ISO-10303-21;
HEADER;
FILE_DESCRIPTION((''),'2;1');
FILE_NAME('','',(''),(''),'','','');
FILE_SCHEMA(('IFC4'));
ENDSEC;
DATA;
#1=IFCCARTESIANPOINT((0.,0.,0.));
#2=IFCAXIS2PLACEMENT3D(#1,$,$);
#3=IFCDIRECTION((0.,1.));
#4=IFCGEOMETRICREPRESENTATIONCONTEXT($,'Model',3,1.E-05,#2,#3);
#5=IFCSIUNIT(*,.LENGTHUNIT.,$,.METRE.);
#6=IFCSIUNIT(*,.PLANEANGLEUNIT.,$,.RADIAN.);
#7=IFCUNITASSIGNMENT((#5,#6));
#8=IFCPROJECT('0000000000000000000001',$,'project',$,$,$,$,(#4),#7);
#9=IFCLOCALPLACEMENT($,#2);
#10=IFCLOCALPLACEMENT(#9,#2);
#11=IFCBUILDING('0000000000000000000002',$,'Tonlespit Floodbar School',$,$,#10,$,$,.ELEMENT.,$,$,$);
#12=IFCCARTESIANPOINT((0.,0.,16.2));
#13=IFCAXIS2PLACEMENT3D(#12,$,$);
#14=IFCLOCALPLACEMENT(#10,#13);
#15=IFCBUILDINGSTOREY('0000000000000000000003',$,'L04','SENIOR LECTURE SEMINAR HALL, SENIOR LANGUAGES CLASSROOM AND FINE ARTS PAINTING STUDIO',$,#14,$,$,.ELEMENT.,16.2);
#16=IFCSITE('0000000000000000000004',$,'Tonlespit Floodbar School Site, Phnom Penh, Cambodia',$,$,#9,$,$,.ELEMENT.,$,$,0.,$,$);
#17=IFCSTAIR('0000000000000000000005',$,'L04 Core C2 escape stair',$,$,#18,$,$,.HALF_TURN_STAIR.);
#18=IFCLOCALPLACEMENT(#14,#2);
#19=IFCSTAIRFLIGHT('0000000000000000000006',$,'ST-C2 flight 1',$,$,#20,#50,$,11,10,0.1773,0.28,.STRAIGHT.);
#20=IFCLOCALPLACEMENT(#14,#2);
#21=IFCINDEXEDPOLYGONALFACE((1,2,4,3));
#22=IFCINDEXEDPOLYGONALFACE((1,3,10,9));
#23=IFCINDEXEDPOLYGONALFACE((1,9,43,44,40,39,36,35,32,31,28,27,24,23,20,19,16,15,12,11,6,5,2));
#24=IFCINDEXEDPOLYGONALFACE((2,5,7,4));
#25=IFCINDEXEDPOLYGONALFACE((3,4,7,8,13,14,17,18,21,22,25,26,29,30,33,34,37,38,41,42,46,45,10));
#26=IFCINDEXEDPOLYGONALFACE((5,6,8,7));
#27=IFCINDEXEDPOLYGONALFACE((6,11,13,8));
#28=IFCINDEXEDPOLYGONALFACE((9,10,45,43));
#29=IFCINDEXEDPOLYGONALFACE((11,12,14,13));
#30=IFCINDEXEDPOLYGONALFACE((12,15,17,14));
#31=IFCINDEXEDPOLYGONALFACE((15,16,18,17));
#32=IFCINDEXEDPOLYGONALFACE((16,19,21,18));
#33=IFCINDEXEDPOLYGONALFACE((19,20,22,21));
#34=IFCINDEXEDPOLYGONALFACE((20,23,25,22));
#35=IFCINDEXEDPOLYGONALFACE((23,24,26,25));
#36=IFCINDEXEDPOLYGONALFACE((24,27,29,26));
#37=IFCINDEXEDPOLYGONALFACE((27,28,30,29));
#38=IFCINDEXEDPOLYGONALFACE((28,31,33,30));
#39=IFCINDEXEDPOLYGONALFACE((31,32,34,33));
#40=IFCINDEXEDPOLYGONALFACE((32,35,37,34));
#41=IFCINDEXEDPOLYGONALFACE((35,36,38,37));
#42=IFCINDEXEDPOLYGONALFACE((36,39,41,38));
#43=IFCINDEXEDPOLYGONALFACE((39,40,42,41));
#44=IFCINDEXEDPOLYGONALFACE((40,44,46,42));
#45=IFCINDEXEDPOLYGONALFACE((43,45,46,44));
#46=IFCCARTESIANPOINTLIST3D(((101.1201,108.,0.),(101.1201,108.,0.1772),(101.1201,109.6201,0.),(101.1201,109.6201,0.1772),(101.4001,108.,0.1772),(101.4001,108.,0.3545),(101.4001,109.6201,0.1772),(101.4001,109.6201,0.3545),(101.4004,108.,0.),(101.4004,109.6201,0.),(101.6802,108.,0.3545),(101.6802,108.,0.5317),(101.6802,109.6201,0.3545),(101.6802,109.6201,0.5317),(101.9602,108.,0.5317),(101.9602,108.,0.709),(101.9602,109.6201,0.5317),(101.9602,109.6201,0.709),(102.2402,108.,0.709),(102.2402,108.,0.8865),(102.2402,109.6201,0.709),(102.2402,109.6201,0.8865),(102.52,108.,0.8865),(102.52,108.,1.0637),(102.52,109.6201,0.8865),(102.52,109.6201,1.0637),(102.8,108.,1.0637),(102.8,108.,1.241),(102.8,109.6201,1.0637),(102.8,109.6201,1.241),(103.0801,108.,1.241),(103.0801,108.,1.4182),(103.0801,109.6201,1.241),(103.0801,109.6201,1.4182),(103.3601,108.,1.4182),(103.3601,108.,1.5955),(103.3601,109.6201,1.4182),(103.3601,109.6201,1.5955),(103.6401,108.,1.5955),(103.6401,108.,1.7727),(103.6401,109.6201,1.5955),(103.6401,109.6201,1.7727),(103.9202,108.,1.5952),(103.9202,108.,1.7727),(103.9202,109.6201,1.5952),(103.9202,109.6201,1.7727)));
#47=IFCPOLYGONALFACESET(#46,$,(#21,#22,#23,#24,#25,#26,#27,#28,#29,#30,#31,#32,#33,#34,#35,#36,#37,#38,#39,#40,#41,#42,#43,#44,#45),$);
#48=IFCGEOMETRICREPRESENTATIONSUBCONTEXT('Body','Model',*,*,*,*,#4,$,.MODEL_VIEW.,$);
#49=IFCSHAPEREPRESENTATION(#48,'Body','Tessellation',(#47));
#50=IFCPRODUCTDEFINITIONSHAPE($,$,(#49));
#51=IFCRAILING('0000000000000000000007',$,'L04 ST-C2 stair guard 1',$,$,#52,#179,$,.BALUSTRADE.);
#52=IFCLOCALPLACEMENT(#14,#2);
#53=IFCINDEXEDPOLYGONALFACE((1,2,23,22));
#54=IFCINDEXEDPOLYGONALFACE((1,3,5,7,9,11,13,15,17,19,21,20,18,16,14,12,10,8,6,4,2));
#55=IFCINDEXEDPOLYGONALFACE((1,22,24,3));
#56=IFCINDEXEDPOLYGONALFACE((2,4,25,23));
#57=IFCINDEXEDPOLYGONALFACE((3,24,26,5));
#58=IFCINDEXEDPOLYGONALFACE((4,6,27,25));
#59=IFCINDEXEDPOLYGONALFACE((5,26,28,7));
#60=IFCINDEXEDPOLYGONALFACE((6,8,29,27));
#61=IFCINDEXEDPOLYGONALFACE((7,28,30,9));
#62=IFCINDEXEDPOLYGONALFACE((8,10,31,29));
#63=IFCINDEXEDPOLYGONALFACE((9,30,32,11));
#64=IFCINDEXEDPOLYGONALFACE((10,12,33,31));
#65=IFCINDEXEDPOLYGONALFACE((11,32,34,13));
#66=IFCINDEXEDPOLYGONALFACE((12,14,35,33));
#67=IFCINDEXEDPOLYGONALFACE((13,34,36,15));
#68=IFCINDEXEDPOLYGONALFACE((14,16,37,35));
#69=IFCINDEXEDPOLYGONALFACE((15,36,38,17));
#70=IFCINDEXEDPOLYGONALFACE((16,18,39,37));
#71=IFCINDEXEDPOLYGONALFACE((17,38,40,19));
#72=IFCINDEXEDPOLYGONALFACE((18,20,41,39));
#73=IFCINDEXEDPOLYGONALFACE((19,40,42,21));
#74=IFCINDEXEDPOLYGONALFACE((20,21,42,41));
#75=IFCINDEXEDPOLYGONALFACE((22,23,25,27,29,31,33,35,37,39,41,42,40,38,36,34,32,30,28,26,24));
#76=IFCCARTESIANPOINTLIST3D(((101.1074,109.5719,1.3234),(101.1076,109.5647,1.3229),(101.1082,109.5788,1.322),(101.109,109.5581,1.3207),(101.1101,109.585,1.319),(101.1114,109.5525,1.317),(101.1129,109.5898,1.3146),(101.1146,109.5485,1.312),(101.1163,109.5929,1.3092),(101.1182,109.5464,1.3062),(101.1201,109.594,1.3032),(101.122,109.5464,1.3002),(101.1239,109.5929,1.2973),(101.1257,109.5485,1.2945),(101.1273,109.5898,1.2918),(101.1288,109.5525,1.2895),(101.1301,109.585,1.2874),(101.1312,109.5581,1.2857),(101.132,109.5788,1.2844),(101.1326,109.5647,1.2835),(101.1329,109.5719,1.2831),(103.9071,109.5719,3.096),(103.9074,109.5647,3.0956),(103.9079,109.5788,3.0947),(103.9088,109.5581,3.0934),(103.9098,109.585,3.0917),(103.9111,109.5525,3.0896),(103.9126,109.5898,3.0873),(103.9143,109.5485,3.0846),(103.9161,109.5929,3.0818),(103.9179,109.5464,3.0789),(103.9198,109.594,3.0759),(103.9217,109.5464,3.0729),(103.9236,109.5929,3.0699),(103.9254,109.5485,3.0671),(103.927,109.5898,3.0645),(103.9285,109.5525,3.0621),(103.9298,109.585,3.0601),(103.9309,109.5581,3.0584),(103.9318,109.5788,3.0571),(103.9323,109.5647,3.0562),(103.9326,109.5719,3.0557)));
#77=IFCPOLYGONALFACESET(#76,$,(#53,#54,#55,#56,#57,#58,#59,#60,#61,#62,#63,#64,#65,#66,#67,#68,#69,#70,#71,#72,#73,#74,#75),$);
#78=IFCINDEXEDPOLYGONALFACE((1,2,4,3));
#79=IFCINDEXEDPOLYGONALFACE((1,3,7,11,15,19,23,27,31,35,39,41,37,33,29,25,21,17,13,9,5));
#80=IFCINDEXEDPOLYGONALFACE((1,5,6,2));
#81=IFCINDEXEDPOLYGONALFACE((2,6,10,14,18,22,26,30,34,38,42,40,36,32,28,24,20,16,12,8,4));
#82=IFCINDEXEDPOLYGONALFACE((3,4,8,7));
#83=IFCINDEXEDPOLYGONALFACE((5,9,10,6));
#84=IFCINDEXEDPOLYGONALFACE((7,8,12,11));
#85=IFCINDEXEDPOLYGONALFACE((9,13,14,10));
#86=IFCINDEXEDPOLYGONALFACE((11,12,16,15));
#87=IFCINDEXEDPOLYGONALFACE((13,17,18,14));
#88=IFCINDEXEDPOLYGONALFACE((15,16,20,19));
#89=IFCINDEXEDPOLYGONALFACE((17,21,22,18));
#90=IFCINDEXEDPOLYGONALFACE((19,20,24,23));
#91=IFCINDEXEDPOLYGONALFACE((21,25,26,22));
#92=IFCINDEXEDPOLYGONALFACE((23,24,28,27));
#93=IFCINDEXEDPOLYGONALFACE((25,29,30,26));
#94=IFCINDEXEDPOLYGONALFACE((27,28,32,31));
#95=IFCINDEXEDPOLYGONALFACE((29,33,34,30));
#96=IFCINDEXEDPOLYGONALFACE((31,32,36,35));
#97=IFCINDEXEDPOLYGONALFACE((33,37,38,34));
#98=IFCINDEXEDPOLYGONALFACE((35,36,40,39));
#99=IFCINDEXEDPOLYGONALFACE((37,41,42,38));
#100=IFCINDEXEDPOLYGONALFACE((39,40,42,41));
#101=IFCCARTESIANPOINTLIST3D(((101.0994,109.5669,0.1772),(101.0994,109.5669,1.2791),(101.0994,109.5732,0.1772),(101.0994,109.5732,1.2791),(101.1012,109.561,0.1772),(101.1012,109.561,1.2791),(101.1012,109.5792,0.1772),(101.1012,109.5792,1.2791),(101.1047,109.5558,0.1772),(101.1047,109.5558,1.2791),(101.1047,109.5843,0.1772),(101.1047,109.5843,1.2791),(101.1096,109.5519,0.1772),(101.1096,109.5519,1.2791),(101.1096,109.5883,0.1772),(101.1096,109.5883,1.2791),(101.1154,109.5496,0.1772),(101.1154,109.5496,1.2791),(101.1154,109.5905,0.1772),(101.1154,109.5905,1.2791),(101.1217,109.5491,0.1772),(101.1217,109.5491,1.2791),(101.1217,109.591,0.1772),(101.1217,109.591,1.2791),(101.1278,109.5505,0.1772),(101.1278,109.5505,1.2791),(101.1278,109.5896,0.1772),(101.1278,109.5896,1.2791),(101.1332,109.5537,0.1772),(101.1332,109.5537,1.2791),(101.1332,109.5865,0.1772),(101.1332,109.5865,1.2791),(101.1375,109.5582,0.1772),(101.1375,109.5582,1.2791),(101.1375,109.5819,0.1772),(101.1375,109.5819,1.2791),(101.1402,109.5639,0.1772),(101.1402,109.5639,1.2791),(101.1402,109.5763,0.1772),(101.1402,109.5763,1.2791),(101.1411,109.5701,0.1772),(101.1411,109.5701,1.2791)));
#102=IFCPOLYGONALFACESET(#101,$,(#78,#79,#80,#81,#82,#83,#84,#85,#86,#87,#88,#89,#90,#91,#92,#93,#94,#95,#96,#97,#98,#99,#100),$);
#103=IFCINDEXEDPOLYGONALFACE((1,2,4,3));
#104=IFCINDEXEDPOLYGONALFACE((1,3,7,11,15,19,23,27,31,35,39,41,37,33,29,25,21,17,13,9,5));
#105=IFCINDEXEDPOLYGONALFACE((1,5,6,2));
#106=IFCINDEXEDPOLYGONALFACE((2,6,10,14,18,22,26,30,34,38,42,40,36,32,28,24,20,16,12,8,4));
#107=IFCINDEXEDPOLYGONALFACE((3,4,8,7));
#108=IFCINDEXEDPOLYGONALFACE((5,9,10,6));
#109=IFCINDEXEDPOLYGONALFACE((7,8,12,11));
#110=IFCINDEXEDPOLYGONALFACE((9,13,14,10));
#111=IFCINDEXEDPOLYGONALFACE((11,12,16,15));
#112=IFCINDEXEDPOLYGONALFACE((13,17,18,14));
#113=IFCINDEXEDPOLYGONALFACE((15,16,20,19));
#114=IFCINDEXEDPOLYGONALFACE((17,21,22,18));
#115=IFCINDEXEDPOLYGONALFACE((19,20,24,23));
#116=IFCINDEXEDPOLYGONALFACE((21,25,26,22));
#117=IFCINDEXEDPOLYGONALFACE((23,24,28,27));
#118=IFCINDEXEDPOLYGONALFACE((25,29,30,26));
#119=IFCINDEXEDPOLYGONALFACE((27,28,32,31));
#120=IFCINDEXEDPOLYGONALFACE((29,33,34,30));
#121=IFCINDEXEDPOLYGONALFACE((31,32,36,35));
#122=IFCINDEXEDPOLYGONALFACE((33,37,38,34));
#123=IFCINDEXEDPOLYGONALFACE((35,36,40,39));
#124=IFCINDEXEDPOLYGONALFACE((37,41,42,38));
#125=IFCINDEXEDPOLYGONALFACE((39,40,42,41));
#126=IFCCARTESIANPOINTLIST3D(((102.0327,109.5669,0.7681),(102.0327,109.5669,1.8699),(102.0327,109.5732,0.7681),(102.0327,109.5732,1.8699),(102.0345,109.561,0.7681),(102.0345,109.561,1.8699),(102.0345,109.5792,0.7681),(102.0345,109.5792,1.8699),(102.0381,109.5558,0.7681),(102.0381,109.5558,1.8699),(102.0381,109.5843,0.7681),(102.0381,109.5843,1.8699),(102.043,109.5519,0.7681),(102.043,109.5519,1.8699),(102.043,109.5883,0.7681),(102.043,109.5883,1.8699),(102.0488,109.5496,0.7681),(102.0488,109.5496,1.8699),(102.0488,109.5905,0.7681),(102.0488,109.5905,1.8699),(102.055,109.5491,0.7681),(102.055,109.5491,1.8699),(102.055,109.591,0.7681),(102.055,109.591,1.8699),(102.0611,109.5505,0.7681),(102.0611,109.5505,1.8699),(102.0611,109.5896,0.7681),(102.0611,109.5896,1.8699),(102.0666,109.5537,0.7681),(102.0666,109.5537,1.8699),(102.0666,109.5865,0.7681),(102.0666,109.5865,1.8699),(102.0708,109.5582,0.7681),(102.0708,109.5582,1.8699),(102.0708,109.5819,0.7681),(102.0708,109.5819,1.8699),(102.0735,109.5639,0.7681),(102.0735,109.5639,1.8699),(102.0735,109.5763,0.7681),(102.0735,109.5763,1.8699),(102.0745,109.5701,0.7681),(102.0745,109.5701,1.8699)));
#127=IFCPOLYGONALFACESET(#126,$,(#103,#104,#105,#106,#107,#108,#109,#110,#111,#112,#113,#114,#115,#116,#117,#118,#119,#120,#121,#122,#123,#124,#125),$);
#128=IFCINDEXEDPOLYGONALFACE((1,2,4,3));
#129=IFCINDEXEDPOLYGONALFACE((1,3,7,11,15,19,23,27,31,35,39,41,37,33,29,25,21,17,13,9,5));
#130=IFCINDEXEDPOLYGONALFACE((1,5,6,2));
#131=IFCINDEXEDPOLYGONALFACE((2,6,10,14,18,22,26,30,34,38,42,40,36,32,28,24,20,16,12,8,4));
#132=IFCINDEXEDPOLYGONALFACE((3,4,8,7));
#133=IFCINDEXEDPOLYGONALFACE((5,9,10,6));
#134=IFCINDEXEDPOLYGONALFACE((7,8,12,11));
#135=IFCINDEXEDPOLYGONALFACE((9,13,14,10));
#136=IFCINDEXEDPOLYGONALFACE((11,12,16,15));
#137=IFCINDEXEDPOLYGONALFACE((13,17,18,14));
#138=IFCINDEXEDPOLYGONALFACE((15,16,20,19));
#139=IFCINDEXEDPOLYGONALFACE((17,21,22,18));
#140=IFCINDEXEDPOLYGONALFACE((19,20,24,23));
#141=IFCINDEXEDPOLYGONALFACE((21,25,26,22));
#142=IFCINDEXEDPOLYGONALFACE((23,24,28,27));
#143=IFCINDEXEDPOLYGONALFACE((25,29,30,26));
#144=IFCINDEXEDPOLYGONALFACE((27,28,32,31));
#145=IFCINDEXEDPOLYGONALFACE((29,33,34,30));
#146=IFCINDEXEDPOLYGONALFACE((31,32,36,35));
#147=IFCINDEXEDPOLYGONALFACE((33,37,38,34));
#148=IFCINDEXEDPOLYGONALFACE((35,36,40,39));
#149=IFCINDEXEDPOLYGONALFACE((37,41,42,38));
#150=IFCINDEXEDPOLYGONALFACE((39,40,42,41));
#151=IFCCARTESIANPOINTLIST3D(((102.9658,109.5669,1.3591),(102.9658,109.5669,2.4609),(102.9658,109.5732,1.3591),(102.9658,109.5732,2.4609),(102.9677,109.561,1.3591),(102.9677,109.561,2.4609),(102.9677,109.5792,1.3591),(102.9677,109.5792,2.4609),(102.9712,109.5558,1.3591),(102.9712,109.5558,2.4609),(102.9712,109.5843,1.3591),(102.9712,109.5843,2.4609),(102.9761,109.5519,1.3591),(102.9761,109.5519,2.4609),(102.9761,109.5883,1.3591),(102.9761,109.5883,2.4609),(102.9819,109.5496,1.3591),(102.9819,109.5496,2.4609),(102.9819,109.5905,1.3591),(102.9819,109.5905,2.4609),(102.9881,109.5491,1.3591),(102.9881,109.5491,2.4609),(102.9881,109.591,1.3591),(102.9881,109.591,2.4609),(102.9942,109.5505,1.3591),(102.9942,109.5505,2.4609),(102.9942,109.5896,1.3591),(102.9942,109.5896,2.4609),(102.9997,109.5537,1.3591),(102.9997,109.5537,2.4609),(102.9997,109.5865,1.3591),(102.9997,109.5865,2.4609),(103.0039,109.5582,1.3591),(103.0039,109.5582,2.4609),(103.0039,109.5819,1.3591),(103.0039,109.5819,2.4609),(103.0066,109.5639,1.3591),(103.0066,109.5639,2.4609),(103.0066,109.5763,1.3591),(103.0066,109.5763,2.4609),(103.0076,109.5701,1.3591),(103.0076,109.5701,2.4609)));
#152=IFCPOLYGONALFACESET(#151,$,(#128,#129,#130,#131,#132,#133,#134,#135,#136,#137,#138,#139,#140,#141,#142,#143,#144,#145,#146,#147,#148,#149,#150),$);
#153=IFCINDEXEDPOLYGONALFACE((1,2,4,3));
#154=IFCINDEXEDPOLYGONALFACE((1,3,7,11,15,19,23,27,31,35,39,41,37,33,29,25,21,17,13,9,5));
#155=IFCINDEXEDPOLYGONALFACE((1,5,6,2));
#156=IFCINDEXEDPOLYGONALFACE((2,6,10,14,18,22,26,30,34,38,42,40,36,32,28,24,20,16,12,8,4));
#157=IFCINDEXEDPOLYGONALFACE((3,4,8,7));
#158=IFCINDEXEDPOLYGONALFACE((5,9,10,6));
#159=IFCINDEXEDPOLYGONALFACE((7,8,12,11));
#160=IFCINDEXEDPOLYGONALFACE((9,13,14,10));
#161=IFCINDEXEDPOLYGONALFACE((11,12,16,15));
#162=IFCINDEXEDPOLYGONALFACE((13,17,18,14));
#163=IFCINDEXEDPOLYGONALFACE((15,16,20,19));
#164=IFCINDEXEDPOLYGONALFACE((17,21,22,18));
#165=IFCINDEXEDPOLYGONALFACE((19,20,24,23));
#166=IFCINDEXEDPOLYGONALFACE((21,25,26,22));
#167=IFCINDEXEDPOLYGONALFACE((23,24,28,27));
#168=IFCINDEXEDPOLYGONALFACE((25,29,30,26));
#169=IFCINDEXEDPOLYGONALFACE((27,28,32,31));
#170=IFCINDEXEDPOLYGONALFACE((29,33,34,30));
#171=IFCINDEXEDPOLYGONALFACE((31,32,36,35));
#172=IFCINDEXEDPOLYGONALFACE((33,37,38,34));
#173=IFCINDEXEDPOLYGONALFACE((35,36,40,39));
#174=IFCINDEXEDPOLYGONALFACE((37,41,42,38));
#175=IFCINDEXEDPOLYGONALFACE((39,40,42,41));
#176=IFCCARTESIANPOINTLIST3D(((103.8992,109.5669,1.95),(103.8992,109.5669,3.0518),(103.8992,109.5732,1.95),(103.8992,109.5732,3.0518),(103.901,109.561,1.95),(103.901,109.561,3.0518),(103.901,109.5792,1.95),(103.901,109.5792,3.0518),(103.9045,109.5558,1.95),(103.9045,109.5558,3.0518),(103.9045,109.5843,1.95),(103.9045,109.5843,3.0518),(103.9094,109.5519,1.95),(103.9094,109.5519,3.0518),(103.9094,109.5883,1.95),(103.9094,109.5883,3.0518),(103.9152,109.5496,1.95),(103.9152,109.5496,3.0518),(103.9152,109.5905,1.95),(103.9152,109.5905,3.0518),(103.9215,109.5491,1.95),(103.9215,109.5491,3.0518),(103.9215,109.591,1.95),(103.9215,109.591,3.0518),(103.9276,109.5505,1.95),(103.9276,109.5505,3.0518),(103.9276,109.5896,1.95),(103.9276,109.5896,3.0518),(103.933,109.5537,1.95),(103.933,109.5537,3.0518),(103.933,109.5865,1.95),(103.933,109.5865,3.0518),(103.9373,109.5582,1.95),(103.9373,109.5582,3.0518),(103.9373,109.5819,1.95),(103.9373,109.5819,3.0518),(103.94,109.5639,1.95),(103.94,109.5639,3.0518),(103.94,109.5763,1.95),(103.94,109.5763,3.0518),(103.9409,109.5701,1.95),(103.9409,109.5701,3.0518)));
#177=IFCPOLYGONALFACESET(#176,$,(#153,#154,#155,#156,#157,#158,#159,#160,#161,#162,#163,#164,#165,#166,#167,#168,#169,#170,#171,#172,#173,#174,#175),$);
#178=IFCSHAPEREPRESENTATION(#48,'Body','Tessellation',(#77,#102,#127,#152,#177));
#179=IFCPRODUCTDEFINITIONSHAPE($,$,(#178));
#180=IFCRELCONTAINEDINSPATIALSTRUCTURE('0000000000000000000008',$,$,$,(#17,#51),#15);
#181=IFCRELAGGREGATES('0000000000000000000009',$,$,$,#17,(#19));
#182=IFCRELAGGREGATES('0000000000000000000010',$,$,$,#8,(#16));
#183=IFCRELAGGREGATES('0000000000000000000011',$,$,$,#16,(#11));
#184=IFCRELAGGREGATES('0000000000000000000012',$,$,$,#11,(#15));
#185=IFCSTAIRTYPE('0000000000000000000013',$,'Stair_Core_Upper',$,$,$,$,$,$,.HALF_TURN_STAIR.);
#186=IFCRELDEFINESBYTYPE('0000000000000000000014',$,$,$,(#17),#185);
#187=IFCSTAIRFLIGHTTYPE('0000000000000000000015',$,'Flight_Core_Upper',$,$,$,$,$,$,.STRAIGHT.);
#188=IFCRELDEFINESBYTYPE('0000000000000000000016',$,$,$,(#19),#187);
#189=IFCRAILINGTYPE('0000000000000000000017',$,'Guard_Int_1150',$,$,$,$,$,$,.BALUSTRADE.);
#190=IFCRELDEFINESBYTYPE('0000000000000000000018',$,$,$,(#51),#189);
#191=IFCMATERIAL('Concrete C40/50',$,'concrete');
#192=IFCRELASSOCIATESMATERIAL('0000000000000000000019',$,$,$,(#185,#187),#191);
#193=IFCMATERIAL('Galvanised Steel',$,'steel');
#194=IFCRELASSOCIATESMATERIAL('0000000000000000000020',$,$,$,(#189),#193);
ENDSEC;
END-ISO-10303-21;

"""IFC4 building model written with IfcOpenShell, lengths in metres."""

from ifc_helpers import new_model, si_unit, direction, frame, origin, origin_2d, place, context, subcontext, project, spatial, polyline, circle, outline, extrude, material, type_object, element, aggregate, save


model = new_model("IFC4")

# Units and contexts
model_context = context("Model", 3, precision=1e-05, world=origin(), true_north=direction((0.0, 1.0)))
body_context = subcontext(model_context, "Body", "Model", "MODEL_VIEW")
ifc_project = project(units=[si_unit("LENGTHUNIT", "METRE"), si_unit("PLANEANGLEUNIT", "RADIAN")], contexts=[model_context])

# Site, building, storey
site_placement = place(None, origin())
site = spatial("IfcSite", under=ifc_project, at=site_placement, Name="Tonlespit Floodbar School Site, Phnom Penh, Cambodia", CompositionType="ELEMENT", RefElevation=0.0)
building_placement = place(site_placement, origin())
building = spatial("IfcBuilding", under=site, at=building_placement, Name="Tonlespit Floodbar School", CompositionType="ELEMENT")
storey_placement = place(building_placement, frame((0.0, 0.0, 16.2)))
storey = spatial("IfcBuildingStorey", under=building, at=storey_placement, Name="L04", Description="SENIOR LECTURE SEMINAR HALL, SENIOR LANGUAGES CLASSROOM AND FINE ARTS PAINTING STUDIO", CompositionType="ELEMENT", Elevation=16.2)

# Shared definitions
ifc_material_1 = material(Name="Concrete C40/50", Category="concrete")

# Shared definitions
ifc_material_2 = material(Name="Galvanised Steel", Category="steel")

# Stair, stair flight
stair_type = type_object("IfcStairType", Name="Stair_Core_Upper", PredefinedType="HALF_TURN_STAIR", material=ifc_material_1)
stair_placement = place(storey_placement, origin())
stair = element("IfcStair", 1, at=stair_placement, inside=storey, type_object=stair_type, Name="L04 Core C2 escape stair", PredefinedType="HALF_TURN_STAIR")
stair_flight_type = type_object("IfcStairFlightType", Name="Flight_Core_Upper", PredefinedType="STRAIGHT", material=ifc_material_1)
stair_flight_placement = place(storey_placement, frame((101.1201, 108.8101, 0.0), z_axis=(0.0, 0.0, 1.0), x_axis=(1.0, 0.0, 0.0)))
stair_flight = element("IfcStairFlight", 2, at=stair_flight_placement, type_object=stair_flight_type, Name="ST-C2 flight 1", NumberOfRisers=11, NumberOfTreads=10, PredefinedType="STRAIGHT", RiserHeight=0.1773, TreadLength=0.28, context=body_context, shape_type="SweptSolid", body=[
    extrude(outline(polyline([(0.0, 0.0), (0.0, 0.1772), (0.28, 0.1772), (0.28, 0.3545), (0.5601, 0.3545), (0.5601, 0.5317), (0.8401, 0.5317), (0.8401, 0.709), (1.1201, 0.709), (1.1201, 0.8865), (1.3999, 0.8865), (1.3999, 1.0637), (1.6799, 1.0637), (1.6799, 1.241), (1.96, 1.241), (1.96, 1.4182), (2.24, 1.4182), (2.24, 1.5955), (2.52, 1.5955), (2.52, 1.7727), (2.8, 1.7727), (2.8, 1.95), (2.8, 1.5952), (0.2803, 0.0), (0.0, 0.0)])), frame((0.0, 0.8101, 0.0), z_axis=(0.0, -1.0, 0.0), x_axis=(1.0, 0.0, 0.0)), (0.0, 0.0, 1.0), 1.6201),
])
aggregate(stair, [stair_flight])

# Railing
railing_type_1 = type_object("IfcRailingType", Name="Guard_Int_1150", PredefinedType="BALUSTRADE", material=ifc_material_2)
railing_1_placement = place(storey_placement, frame((101.1201, 109.5701, 0.1772)))
element("IfcRailing", 3, at=railing_1_placement, inside=storey, type_object=railing_type_1, Name="L04 ST-C2 stair guard 1", PredefinedType="BALUSTRADE", context=body_context, shape_type="SweptSolid", body=[
    extrude(circle(Radius=0.0239, at=origin_2d()), frame((0.0, 0.0, 1.126), z_axis=(0.844888, 0.0, 0.534943), x_axis=(0.0, 1.0, 0.0)), (0.0, 0.0, 1.0), 3.3137),
    extrude(circle(Radius=0.021, at=origin_2d()), origin(), (0.0, 0.0, 1.0), 1.1018),
    extrude(circle(Radius=0.021, at=origin_2d()), frame((0.9333, 0.0, 0.5908)), (0.0, 0.0, 1.0), 1.1018),
    extrude(circle(Radius=0.021, at=origin_2d()), frame((1.8665, 0.0, 1.1819)), (0.0, 0.0, 1.0), 1.1018),
    extrude(circle(Radius=0.021, at=origin_2d()), frame((2.7998, 0.0, 1.7727)), (0.0, 0.0, 1.0), 1.1018),
])

save(model, "model.ifc")
